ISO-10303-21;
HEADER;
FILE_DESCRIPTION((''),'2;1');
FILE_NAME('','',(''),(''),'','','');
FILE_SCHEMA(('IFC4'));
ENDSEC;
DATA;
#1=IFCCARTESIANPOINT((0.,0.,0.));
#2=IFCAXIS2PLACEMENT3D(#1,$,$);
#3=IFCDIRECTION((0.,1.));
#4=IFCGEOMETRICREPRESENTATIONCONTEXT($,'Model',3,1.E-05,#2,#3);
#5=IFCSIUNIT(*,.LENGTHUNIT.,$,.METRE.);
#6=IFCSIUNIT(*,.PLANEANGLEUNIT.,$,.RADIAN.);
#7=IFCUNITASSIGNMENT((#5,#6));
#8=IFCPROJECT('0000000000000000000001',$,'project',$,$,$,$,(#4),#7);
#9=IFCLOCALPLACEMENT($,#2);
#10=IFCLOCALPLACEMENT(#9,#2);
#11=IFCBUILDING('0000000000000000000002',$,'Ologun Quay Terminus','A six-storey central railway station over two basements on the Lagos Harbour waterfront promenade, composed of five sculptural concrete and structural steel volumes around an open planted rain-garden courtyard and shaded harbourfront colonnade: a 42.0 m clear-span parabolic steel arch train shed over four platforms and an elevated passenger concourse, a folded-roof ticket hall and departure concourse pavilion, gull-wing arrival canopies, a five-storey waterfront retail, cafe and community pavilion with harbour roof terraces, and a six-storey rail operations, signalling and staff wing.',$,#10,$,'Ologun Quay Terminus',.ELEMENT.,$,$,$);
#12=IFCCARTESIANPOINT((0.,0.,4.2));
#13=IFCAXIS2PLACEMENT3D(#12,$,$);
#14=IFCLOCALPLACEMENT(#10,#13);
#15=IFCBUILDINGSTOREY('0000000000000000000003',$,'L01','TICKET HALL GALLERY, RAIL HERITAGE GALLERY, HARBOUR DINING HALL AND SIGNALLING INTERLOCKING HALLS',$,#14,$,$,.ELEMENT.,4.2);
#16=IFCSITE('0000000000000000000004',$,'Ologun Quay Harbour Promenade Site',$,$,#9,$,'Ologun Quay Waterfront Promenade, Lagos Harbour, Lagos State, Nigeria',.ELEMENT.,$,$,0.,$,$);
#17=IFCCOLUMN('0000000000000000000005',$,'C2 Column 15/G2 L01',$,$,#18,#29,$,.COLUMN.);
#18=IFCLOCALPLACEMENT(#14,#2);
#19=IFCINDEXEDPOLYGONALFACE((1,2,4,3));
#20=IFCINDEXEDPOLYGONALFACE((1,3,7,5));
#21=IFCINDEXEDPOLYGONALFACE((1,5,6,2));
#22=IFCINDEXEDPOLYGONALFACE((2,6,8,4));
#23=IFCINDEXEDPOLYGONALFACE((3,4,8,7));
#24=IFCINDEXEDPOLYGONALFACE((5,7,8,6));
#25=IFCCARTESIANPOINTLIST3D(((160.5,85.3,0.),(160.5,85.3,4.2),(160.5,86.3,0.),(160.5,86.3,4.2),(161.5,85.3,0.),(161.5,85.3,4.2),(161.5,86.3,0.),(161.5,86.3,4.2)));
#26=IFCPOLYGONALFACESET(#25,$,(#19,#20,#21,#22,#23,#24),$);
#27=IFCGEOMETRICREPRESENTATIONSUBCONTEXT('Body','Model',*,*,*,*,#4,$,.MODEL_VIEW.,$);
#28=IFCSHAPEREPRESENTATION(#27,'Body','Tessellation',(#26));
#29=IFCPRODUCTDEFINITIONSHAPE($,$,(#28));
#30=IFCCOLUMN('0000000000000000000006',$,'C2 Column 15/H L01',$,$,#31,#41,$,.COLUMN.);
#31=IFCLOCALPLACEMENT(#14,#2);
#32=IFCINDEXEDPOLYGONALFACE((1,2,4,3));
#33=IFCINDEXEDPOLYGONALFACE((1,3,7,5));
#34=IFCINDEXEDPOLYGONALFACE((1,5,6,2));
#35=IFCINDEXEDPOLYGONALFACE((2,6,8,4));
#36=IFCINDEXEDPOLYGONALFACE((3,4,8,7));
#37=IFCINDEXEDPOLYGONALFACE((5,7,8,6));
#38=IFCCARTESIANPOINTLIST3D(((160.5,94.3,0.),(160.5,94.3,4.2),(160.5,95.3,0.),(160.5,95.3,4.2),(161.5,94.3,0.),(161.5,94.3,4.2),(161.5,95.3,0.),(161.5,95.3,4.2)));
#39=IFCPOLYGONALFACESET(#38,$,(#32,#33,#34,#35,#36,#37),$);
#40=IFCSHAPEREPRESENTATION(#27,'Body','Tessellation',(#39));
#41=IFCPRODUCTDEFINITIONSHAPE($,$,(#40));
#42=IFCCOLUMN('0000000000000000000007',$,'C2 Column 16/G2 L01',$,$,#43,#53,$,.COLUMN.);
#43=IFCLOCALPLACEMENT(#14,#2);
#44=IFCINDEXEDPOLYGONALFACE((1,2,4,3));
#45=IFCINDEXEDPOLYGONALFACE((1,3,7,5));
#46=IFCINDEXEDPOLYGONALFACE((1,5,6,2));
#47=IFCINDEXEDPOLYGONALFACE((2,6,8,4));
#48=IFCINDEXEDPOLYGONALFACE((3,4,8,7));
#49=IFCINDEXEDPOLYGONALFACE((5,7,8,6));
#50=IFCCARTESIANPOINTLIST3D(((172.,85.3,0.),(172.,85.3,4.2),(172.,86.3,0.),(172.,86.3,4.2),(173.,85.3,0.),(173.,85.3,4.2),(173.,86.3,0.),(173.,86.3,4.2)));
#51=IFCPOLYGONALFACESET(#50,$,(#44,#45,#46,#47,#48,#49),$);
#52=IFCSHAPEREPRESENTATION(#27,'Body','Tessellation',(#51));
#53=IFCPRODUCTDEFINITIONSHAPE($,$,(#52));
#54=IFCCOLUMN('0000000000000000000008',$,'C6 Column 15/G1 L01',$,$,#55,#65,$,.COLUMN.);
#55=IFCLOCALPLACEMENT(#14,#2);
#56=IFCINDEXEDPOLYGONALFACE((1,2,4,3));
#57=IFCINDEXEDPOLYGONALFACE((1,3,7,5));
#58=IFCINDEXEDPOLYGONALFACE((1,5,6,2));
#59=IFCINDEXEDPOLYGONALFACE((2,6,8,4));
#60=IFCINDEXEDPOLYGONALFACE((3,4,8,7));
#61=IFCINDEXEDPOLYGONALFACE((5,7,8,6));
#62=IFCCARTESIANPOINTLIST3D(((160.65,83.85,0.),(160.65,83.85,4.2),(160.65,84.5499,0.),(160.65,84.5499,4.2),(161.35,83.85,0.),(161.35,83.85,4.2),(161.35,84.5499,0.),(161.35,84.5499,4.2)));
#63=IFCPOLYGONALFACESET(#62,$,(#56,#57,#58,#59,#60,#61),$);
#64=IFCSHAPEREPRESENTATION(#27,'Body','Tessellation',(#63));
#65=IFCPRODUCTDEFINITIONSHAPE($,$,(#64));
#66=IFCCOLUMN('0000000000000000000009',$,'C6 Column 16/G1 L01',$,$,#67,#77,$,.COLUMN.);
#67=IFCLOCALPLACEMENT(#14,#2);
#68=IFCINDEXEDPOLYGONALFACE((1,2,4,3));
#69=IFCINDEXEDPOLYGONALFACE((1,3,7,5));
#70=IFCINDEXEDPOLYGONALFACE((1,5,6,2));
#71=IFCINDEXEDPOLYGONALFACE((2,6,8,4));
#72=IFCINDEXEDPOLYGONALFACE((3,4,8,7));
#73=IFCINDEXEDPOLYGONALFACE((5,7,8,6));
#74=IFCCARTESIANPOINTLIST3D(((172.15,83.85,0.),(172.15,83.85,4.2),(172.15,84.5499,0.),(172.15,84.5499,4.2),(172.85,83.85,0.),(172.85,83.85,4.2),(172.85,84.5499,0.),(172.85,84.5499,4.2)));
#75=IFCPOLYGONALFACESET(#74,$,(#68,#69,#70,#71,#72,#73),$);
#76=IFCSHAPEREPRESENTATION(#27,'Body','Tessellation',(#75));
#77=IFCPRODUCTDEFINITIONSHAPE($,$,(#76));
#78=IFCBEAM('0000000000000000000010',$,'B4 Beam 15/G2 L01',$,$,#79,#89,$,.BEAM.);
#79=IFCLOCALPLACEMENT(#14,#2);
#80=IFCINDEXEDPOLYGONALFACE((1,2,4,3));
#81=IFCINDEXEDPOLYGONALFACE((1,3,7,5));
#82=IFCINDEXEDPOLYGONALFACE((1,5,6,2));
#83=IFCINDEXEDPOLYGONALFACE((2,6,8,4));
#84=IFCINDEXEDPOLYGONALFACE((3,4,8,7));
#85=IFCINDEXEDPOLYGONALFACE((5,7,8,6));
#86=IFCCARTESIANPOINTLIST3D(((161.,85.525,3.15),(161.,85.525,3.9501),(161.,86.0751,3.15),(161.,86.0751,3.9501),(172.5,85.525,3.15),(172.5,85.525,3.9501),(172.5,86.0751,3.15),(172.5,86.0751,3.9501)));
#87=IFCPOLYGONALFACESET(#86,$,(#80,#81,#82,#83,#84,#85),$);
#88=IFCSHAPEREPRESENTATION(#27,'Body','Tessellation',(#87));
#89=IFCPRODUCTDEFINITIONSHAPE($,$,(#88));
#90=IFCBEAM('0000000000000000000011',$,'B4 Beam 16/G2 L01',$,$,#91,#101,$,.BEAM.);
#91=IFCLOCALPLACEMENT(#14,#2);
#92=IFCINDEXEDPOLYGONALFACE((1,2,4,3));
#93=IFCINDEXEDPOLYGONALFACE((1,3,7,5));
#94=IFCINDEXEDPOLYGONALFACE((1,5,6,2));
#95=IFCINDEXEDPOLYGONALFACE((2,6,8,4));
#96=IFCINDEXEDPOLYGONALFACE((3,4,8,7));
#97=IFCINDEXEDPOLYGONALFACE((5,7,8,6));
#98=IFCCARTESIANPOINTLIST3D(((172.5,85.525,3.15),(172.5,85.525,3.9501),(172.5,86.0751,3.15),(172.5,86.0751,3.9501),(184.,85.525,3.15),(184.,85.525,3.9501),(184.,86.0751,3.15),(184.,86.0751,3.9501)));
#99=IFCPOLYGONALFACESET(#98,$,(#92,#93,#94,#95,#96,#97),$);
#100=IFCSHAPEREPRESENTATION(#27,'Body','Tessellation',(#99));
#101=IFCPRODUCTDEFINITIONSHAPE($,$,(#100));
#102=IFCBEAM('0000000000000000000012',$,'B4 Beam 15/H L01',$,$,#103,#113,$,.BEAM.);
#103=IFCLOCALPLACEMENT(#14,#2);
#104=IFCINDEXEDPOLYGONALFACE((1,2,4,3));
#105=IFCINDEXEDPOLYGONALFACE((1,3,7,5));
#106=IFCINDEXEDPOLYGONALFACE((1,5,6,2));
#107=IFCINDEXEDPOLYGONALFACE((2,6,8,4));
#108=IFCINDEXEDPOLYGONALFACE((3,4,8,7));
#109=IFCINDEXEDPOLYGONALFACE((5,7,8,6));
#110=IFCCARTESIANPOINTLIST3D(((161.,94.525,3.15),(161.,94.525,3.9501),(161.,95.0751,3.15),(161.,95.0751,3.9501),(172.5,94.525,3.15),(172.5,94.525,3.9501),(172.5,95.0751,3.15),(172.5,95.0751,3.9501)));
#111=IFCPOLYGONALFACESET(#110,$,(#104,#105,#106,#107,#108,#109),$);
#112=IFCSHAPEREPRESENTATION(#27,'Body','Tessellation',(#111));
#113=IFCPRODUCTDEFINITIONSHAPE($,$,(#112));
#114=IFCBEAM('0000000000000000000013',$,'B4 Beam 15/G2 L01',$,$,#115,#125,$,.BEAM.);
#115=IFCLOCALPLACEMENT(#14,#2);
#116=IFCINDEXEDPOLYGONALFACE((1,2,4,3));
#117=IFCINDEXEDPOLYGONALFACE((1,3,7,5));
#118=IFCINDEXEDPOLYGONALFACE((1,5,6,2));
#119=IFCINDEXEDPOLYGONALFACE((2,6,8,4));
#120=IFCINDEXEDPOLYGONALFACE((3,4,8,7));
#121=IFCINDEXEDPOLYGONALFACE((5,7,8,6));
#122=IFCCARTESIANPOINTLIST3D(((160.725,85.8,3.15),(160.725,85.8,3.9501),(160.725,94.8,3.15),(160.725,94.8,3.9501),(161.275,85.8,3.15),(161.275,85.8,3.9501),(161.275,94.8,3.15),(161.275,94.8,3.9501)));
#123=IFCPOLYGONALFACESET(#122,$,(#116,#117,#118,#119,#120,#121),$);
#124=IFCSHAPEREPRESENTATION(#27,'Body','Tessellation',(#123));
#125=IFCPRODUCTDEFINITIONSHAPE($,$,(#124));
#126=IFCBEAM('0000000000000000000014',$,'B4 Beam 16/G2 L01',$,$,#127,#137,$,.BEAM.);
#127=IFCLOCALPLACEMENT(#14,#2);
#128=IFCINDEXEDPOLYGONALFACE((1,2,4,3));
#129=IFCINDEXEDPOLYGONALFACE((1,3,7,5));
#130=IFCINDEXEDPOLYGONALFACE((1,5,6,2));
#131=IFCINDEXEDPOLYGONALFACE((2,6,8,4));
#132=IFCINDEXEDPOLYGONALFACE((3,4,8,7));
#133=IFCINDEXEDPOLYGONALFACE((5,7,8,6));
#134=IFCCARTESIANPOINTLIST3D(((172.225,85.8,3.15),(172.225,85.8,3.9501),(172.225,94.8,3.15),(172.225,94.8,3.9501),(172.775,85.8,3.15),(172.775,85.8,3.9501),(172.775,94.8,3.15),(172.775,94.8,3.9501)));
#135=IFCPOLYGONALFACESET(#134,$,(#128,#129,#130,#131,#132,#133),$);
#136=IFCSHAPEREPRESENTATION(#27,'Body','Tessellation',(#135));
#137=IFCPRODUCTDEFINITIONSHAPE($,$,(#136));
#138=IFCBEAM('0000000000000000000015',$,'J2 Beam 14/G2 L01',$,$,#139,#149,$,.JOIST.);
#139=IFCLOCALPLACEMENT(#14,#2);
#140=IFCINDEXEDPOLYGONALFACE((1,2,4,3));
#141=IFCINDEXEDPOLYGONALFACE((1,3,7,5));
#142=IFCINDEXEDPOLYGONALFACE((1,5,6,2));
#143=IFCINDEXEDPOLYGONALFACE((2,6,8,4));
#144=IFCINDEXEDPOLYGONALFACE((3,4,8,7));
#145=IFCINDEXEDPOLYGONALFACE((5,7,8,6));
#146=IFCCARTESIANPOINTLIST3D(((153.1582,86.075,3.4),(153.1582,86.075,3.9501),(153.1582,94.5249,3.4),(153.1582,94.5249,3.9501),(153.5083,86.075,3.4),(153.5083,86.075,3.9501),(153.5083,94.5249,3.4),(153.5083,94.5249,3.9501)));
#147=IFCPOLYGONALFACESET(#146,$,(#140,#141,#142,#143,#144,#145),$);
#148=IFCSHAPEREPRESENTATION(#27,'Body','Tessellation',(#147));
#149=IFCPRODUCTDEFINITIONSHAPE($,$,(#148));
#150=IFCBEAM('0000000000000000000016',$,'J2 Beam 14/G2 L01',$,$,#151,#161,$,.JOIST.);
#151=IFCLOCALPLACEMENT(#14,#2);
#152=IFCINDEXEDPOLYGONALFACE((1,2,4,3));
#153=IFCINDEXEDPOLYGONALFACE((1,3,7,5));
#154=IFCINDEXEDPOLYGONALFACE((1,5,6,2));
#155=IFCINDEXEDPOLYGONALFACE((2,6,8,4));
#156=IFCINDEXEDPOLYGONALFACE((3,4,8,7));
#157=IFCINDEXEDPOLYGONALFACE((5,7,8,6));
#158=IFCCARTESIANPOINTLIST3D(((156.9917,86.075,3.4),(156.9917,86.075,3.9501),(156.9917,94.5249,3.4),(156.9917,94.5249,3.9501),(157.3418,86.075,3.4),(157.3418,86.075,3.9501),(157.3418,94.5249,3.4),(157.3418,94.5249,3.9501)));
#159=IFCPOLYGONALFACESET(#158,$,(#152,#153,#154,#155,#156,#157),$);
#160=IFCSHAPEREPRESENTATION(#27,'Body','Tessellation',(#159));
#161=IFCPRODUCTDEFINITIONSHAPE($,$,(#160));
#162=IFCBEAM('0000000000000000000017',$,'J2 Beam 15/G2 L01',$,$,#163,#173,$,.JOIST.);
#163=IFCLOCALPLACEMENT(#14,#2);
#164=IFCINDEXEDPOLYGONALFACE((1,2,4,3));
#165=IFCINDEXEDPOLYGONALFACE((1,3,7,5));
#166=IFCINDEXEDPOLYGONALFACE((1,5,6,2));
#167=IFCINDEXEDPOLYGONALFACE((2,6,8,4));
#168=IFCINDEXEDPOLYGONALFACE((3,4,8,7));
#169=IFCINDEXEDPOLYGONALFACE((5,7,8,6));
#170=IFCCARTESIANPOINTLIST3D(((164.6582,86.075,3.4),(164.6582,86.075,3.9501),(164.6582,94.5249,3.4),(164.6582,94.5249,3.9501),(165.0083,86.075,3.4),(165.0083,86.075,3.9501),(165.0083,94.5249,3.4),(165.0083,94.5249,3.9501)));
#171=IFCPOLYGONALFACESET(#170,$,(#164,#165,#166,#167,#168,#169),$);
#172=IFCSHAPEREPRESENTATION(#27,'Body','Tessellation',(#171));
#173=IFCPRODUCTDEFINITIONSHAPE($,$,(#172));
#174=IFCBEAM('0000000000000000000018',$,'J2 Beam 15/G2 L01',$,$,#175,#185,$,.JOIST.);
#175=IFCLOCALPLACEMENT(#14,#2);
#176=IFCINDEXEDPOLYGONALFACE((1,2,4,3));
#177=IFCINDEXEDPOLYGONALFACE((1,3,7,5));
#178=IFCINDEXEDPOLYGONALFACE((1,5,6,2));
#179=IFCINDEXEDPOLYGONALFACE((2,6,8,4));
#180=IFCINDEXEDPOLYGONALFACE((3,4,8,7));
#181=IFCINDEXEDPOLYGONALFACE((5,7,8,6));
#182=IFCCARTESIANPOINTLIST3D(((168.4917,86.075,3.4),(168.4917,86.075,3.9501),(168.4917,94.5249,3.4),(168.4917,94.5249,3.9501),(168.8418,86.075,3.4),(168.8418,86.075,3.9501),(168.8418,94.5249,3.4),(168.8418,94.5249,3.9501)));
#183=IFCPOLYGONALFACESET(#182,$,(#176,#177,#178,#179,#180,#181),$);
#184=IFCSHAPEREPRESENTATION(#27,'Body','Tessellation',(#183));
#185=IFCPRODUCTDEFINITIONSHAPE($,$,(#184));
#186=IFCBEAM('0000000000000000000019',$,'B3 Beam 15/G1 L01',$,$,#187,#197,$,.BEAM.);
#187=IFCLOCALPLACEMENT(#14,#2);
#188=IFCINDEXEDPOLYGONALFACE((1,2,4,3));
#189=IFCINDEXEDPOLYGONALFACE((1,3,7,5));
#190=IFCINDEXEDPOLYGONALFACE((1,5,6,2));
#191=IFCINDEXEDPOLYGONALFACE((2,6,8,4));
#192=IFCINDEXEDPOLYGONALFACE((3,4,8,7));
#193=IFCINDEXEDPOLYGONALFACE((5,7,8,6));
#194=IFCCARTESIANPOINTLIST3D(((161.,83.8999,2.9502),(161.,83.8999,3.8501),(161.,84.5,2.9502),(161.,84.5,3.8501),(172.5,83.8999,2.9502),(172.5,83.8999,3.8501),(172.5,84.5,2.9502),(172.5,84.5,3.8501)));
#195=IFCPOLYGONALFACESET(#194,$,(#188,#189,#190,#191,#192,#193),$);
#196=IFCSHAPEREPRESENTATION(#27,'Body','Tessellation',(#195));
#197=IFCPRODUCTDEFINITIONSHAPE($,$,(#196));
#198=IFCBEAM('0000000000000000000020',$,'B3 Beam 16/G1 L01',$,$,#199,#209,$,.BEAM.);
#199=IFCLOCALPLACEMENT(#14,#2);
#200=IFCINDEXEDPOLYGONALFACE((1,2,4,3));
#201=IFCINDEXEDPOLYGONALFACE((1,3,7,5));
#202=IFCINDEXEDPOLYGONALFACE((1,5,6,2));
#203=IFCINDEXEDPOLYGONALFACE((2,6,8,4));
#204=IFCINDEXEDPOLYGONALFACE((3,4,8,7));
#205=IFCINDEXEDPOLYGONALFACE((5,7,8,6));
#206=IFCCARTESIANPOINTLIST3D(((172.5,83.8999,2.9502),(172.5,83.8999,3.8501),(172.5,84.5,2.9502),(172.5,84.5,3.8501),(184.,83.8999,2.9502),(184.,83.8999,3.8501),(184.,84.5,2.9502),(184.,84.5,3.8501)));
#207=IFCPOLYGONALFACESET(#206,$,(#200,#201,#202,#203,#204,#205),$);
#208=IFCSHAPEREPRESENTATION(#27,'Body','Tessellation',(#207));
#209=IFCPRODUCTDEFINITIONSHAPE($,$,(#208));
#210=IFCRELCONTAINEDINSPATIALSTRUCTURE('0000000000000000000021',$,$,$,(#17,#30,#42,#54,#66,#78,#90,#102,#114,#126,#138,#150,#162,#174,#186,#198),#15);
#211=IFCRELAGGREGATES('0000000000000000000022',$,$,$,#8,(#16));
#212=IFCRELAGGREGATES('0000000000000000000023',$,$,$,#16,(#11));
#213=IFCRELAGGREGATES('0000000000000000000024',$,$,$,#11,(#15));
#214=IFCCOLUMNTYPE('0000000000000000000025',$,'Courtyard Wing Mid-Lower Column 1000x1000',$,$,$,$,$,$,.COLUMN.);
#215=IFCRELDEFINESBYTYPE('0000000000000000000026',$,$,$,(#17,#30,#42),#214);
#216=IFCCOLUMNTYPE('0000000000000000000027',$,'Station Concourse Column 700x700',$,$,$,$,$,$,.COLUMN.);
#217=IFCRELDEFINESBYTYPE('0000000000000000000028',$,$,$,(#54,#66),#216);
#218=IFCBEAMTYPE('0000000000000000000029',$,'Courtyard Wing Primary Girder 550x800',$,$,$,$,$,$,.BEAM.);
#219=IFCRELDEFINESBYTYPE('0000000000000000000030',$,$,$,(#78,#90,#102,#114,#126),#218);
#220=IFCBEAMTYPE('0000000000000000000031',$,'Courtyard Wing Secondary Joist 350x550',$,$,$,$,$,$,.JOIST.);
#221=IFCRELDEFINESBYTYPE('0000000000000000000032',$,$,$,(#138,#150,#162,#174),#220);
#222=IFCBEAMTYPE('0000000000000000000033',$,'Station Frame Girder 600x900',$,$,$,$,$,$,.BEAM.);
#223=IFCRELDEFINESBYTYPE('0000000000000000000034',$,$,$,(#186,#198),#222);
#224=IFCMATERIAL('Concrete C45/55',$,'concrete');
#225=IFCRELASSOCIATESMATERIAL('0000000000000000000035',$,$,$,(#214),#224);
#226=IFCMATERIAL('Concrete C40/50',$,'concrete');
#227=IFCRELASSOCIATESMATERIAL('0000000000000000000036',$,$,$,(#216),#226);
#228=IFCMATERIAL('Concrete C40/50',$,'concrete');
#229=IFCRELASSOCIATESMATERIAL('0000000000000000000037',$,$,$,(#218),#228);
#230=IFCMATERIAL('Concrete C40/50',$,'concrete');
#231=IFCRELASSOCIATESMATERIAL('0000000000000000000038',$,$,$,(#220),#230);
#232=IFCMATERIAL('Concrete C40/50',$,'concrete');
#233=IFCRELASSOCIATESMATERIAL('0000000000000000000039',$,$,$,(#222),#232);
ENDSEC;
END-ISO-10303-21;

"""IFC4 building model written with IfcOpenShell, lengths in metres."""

from ifc_helpers import new_model, si_unit, direction, frame, origin, origin_2d, place, context, subcontext, project, spatial, rectangle, extrude, material, material_profile, profile_set, type_object, element, save


model = new_model("IFC4")

# Units and contexts
model_context = context("Model", 3, precision=1e-05, world=origin(), true_north=direction((0.0, 1.0)))
body_context = subcontext(model_context, "Body", "Model", "MODEL_VIEW")
ifc_project = project(units=[si_unit("LENGTHUNIT", "METRE"), si_unit("PLANEANGLEUNIT", "RADIAN")], contexts=[model_context])

# Site, building, storey
site_placement = place(None, origin())
site = spatial("IfcSite", under=ifc_project, at=site_placement, Name="Ologun Quay Harbour Promenade Site", LongName="Ologun Quay Waterfront Promenade, Lagos Harbour, Lagos State, Nigeria", CompositionType="ELEMENT", RefElevation=0.0)
building_placement = place(site_placement, origin())
building = spatial("IfcBuilding", under=site, at=building_placement, Name="Ologun Quay Terminus", Description="A six-storey central railway station over two basements on the Lagos Harbour waterfront promenade, composed of five sculptural concrete and structural steel volumes around an open planted rain-garden courtyard and shaded harbourfront colonnade: a 42.0 m clear-span parabolic steel arch train shed over four platforms and an elevated passenger concourse, a folded-roof ticket hall and departure concourse pavilion, gull-wing arrival canopies, a five-storey waterfront retail, cafe and community pavilion with harbour roof terraces, and a six-storey rail operations, signalling and staff wing.", LongName="Ologun Quay Terminus", CompositionType="ELEMENT")
storey_placement = place(building_placement, frame((0.0, 0.0, 4.2)))
storey = spatial("IfcBuildingStorey", under=building, at=storey_placement, Name="L01", Description="TICKET HALL GALLERY, RAIL HERITAGE GALLERY, HARBOUR DINING HALL AND SIGNALLING INTERLOCKING HALLS", CompositionType="ELEMENT", Elevation=4.2)

# Columns
ifc_material_1 = material(Name="Concrete C45/55", Category="concrete")
ifc_material_profile_1 = material_profile(ifc_material_1, rectangle(XDim=1.0, YDim=1.0, at=origin_2d()), Name="RC 1000x1000")
ifc_profile_set_1 = profile_set([ifc_material_profile_1], Name="Concrete C45/55")
column_type_1 = type_object("IfcColumnType", Name="Courtyard Wing Mid-Lower Column 1000x1000", PredefinedType="COLUMN", material=ifc_profile_set_1)
for number, where, z_axis, x_axis, name in (
    (1, (161.0, 85.8, 0.0), (0.0, 0.0, 1.0), (1.0, 0.0, 0.0), "C2 Column 15/G2 L01"),
    (2, (161.0, 94.8, 0.0), (0.0, 0.0, 1.0), (1.0, 0.0, 0.0), "C2 Column 15/H L01"),
    (3, (172.5, 85.8, 0.0), (0.0, 0.0, 1.0), (1.0, 0.0, 0.0), "C2 Column 16/G2 L01"),
):
    element("IfcColumn", number, at=place(storey_placement, frame(where, z_axis=z_axis, x_axis=x_axis)), inside=storey, type_object=column_type_1, Name=name, PredefinedType="COLUMN", context=body_context, shape_type="SweptSolid", body=[
        extrude(rectangle(XDim=1.0, YDim=1.0, at=origin_2d()), origin(), (0.0, 0.0, 1.0), 4.2),
    ])
ifc_material_2 = material(Name="Concrete C40/50", Category="concrete")
ifc_material_profile_2 = material_profile(ifc_material_2, rectangle(XDim=0.7, YDim=0.7, at=origin_2d()), Name="RC 700x700")
ifc_profile_set_2 = profile_set([ifc_material_profile_2], Name="Concrete C40/50")
column_type_2 = type_object("IfcColumnType", Name="Station Concourse Column 700x700", PredefinedType="COLUMN", material=ifc_profile_set_2)
for number, where, z_axis, x_axis, name in (
    (4, (161.0, 84.2, 0.0), (0.0, 0.0, 1.0), (1.0, 0.0, 0.0), "C6 Column 15/G1 L01"),
    (5, (172.5, 84.2, 0.0), (0.0, 0.0, 1.0), (1.0, 0.0, 0.0), "C6 Column 16/G1 L01"),
):
    element("IfcColumn", number, at=place(storey_placement, frame(where, z_axis=z_axis, x_axis=x_axis)), inside=storey, type_object=column_type_2, Name=name, PredefinedType="COLUMN", context=body_context, shape_type="SweptSolid", body=[
        extrude(rectangle(XDim=0.7, YDim=0.7, at=origin_2d()), origin(), (0.0, 0.0, 1.0), 4.2),
    ])

# Beams
ifc_material_3 = material(Name="Concrete C40/50", Category="concrete")
ifc_material_profile_3 = material_profile(ifc_material_3, rectangle(XDim=0.55, YDim=0.8, at=origin_2d()), Name="RC 550x800")
ifc_profile_set_3 = profile_set([ifc_material_profile_3], Name="Concrete C40/50")
beam_type_1 = type_object("IfcBeamType", Name="Courtyard Wing Primary Girder 550x800", PredefinedType="BEAM", material=ifc_profile_set_3)
for number, where, z_axis, x_axis, name in (
    (6, (161.0, 85.8, 3.55), (1.0, 0.0, 0.0), (0.0, 1.0, 0.0), "B4 Beam 15/G2 L01"),
    (7, (172.5, 85.8, 3.55), (1.0, 0.0, 0.0), (0.0, 1.0, 0.0), "B4 Beam 16/G2 L01"),
    (8, (161.0, 94.8, 3.55), (1.0, 0.0, 0.0), (0.0, 1.0, 0.0), "B4 Beam 15/H L01"),
):
    element("IfcBeam", number, at=place(storey_placement, frame(where, z_axis=z_axis, x_axis=x_axis)), inside=storey, type_object=beam_type_1, Name=name, PredefinedType="BEAM", context=body_context, shape_type="SweptSolid", body=[
        extrude(rectangle(XDim=0.55, YDim=0.8, at=origin_2d()), origin(), (0.0, 0.0, 1.0), 11.5),
    ])
for number, where, z_axis, x_axis, name in (
    (9, (161.0, 85.8, 3.55), (0.0, 1.0, 0.0), (-1.0, 0.0, 0.0), "B4 Beam 15/G2 L01"),
    (10, (172.5, 85.8, 3.55), (0.0, 1.0, 0.0), (-1.0, 0.0, 0.0), "B4 Beam 16/G2 L01"),
):
    element("IfcBeam", number, at=place(storey_placement, frame(where, z_axis=z_axis, x_axis=x_axis)), inside=storey, type_object=beam_type_1, Name=name, PredefinedType="BEAM", context=body_context, shape_type="SweptSolid", body=[
        extrude(rectangle(XDim=0.55, YDim=0.8, at=origin_2d()), origin(), (0.0, 0.0, 1.0), 9.0),
    ])
ifc_material_4 = material(Name="Concrete C40/50", Category="concrete")
ifc_material_profile_4 = material_profile(ifc_material_4, rectangle(XDim=0.3501, YDim=0.55, at=origin_2d()), Name="RC 350x550")
ifc_profile_set_4 = profile_set([ifc_material_profile_4], Name="Concrete C40/50")
beam_type_2 = type_object("IfcBeamType", Name="Courtyard Wing Secondary Joist 350x550", PredefinedType="JOIST", material=ifc_profile_set_4)
for number, where, z_axis, x_axis, name in (
    (11, (153.3333, 86.075, 3.675), (0.0, 1.0, 0.0), (-1.0, 0.0, 0.0), "J2 Beam 14/G2 L01"),
    (12, (157.1667, 86.075, 3.675), (0.0, 1.0, 0.0), (-1.0, 0.0, 0.0), "J2 Beam 14/G2 L01"),
    (13, (164.8333, 86.075, 3.675), (0.0, 1.0, 0.0), (-1.0, 0.0, 0.0), "J2 Beam 15/G2 L01"),
    (14, (168.6667, 86.075, 3.675), (0.0, 1.0, 0.0), (-1.0, 0.0, 0.0), "J2 Beam 15/G2 L01"),
):
    element("IfcBeam", number, at=place(storey_placement, frame(where, z_axis=z_axis, x_axis=x_axis)), inside=storey, type_object=beam_type_2, Name=name, PredefinedType="JOIST", context=body_context, shape_type="SweptSolid", body=[
        extrude(rectangle(XDim=0.3501, YDim=0.55, at=origin_2d()), origin(), (0.0, 0.0, 1.0), 8.45),
    ])
ifc_material_5 = material(Name="Concrete C40/50", Category="concrete")
ifc_material_profile_5 = material_profile(ifc_material_5, rectangle(XDim=0.6001, YDim=0.8999, at=origin_2d()), Name="RC 600x900")
ifc_profile_set_5 = profile_set([ifc_material_profile_5], Name="Concrete C40/50")
beam_type_3 = type_object("IfcBeamType", Name="Station Frame Girder 600x900", PredefinedType="BEAM", material=ifc_profile_set_5)
for number, where, z_axis, x_axis, name in (
    (15, (161.0, 84.2, 3.4001), (1.0, 0.0, 0.0), (0.0, 1.0, 0.0), "B3 Beam 15/G1 L01"),
    (16, (172.5, 84.2, 3.4001), (1.0, 0.0, 0.0), (0.0, 1.0, 0.0), "B3 Beam 16/G1 L01"),
):
    element("IfcBeam", number, at=place(storey_placement, frame(where, z_axis=z_axis, x_axis=x_axis)), inside=storey, type_object=beam_type_3, Name=name, PredefinedType="BEAM", context=body_context, shape_type="SweptSolid", body=[
        extrude(rectangle(XDim=0.6001, YDim=0.8999, at=origin_2d()), origin(), (0.0, 0.0, 1.0), 11.5),
    ])

save(model, "model.ifc")
